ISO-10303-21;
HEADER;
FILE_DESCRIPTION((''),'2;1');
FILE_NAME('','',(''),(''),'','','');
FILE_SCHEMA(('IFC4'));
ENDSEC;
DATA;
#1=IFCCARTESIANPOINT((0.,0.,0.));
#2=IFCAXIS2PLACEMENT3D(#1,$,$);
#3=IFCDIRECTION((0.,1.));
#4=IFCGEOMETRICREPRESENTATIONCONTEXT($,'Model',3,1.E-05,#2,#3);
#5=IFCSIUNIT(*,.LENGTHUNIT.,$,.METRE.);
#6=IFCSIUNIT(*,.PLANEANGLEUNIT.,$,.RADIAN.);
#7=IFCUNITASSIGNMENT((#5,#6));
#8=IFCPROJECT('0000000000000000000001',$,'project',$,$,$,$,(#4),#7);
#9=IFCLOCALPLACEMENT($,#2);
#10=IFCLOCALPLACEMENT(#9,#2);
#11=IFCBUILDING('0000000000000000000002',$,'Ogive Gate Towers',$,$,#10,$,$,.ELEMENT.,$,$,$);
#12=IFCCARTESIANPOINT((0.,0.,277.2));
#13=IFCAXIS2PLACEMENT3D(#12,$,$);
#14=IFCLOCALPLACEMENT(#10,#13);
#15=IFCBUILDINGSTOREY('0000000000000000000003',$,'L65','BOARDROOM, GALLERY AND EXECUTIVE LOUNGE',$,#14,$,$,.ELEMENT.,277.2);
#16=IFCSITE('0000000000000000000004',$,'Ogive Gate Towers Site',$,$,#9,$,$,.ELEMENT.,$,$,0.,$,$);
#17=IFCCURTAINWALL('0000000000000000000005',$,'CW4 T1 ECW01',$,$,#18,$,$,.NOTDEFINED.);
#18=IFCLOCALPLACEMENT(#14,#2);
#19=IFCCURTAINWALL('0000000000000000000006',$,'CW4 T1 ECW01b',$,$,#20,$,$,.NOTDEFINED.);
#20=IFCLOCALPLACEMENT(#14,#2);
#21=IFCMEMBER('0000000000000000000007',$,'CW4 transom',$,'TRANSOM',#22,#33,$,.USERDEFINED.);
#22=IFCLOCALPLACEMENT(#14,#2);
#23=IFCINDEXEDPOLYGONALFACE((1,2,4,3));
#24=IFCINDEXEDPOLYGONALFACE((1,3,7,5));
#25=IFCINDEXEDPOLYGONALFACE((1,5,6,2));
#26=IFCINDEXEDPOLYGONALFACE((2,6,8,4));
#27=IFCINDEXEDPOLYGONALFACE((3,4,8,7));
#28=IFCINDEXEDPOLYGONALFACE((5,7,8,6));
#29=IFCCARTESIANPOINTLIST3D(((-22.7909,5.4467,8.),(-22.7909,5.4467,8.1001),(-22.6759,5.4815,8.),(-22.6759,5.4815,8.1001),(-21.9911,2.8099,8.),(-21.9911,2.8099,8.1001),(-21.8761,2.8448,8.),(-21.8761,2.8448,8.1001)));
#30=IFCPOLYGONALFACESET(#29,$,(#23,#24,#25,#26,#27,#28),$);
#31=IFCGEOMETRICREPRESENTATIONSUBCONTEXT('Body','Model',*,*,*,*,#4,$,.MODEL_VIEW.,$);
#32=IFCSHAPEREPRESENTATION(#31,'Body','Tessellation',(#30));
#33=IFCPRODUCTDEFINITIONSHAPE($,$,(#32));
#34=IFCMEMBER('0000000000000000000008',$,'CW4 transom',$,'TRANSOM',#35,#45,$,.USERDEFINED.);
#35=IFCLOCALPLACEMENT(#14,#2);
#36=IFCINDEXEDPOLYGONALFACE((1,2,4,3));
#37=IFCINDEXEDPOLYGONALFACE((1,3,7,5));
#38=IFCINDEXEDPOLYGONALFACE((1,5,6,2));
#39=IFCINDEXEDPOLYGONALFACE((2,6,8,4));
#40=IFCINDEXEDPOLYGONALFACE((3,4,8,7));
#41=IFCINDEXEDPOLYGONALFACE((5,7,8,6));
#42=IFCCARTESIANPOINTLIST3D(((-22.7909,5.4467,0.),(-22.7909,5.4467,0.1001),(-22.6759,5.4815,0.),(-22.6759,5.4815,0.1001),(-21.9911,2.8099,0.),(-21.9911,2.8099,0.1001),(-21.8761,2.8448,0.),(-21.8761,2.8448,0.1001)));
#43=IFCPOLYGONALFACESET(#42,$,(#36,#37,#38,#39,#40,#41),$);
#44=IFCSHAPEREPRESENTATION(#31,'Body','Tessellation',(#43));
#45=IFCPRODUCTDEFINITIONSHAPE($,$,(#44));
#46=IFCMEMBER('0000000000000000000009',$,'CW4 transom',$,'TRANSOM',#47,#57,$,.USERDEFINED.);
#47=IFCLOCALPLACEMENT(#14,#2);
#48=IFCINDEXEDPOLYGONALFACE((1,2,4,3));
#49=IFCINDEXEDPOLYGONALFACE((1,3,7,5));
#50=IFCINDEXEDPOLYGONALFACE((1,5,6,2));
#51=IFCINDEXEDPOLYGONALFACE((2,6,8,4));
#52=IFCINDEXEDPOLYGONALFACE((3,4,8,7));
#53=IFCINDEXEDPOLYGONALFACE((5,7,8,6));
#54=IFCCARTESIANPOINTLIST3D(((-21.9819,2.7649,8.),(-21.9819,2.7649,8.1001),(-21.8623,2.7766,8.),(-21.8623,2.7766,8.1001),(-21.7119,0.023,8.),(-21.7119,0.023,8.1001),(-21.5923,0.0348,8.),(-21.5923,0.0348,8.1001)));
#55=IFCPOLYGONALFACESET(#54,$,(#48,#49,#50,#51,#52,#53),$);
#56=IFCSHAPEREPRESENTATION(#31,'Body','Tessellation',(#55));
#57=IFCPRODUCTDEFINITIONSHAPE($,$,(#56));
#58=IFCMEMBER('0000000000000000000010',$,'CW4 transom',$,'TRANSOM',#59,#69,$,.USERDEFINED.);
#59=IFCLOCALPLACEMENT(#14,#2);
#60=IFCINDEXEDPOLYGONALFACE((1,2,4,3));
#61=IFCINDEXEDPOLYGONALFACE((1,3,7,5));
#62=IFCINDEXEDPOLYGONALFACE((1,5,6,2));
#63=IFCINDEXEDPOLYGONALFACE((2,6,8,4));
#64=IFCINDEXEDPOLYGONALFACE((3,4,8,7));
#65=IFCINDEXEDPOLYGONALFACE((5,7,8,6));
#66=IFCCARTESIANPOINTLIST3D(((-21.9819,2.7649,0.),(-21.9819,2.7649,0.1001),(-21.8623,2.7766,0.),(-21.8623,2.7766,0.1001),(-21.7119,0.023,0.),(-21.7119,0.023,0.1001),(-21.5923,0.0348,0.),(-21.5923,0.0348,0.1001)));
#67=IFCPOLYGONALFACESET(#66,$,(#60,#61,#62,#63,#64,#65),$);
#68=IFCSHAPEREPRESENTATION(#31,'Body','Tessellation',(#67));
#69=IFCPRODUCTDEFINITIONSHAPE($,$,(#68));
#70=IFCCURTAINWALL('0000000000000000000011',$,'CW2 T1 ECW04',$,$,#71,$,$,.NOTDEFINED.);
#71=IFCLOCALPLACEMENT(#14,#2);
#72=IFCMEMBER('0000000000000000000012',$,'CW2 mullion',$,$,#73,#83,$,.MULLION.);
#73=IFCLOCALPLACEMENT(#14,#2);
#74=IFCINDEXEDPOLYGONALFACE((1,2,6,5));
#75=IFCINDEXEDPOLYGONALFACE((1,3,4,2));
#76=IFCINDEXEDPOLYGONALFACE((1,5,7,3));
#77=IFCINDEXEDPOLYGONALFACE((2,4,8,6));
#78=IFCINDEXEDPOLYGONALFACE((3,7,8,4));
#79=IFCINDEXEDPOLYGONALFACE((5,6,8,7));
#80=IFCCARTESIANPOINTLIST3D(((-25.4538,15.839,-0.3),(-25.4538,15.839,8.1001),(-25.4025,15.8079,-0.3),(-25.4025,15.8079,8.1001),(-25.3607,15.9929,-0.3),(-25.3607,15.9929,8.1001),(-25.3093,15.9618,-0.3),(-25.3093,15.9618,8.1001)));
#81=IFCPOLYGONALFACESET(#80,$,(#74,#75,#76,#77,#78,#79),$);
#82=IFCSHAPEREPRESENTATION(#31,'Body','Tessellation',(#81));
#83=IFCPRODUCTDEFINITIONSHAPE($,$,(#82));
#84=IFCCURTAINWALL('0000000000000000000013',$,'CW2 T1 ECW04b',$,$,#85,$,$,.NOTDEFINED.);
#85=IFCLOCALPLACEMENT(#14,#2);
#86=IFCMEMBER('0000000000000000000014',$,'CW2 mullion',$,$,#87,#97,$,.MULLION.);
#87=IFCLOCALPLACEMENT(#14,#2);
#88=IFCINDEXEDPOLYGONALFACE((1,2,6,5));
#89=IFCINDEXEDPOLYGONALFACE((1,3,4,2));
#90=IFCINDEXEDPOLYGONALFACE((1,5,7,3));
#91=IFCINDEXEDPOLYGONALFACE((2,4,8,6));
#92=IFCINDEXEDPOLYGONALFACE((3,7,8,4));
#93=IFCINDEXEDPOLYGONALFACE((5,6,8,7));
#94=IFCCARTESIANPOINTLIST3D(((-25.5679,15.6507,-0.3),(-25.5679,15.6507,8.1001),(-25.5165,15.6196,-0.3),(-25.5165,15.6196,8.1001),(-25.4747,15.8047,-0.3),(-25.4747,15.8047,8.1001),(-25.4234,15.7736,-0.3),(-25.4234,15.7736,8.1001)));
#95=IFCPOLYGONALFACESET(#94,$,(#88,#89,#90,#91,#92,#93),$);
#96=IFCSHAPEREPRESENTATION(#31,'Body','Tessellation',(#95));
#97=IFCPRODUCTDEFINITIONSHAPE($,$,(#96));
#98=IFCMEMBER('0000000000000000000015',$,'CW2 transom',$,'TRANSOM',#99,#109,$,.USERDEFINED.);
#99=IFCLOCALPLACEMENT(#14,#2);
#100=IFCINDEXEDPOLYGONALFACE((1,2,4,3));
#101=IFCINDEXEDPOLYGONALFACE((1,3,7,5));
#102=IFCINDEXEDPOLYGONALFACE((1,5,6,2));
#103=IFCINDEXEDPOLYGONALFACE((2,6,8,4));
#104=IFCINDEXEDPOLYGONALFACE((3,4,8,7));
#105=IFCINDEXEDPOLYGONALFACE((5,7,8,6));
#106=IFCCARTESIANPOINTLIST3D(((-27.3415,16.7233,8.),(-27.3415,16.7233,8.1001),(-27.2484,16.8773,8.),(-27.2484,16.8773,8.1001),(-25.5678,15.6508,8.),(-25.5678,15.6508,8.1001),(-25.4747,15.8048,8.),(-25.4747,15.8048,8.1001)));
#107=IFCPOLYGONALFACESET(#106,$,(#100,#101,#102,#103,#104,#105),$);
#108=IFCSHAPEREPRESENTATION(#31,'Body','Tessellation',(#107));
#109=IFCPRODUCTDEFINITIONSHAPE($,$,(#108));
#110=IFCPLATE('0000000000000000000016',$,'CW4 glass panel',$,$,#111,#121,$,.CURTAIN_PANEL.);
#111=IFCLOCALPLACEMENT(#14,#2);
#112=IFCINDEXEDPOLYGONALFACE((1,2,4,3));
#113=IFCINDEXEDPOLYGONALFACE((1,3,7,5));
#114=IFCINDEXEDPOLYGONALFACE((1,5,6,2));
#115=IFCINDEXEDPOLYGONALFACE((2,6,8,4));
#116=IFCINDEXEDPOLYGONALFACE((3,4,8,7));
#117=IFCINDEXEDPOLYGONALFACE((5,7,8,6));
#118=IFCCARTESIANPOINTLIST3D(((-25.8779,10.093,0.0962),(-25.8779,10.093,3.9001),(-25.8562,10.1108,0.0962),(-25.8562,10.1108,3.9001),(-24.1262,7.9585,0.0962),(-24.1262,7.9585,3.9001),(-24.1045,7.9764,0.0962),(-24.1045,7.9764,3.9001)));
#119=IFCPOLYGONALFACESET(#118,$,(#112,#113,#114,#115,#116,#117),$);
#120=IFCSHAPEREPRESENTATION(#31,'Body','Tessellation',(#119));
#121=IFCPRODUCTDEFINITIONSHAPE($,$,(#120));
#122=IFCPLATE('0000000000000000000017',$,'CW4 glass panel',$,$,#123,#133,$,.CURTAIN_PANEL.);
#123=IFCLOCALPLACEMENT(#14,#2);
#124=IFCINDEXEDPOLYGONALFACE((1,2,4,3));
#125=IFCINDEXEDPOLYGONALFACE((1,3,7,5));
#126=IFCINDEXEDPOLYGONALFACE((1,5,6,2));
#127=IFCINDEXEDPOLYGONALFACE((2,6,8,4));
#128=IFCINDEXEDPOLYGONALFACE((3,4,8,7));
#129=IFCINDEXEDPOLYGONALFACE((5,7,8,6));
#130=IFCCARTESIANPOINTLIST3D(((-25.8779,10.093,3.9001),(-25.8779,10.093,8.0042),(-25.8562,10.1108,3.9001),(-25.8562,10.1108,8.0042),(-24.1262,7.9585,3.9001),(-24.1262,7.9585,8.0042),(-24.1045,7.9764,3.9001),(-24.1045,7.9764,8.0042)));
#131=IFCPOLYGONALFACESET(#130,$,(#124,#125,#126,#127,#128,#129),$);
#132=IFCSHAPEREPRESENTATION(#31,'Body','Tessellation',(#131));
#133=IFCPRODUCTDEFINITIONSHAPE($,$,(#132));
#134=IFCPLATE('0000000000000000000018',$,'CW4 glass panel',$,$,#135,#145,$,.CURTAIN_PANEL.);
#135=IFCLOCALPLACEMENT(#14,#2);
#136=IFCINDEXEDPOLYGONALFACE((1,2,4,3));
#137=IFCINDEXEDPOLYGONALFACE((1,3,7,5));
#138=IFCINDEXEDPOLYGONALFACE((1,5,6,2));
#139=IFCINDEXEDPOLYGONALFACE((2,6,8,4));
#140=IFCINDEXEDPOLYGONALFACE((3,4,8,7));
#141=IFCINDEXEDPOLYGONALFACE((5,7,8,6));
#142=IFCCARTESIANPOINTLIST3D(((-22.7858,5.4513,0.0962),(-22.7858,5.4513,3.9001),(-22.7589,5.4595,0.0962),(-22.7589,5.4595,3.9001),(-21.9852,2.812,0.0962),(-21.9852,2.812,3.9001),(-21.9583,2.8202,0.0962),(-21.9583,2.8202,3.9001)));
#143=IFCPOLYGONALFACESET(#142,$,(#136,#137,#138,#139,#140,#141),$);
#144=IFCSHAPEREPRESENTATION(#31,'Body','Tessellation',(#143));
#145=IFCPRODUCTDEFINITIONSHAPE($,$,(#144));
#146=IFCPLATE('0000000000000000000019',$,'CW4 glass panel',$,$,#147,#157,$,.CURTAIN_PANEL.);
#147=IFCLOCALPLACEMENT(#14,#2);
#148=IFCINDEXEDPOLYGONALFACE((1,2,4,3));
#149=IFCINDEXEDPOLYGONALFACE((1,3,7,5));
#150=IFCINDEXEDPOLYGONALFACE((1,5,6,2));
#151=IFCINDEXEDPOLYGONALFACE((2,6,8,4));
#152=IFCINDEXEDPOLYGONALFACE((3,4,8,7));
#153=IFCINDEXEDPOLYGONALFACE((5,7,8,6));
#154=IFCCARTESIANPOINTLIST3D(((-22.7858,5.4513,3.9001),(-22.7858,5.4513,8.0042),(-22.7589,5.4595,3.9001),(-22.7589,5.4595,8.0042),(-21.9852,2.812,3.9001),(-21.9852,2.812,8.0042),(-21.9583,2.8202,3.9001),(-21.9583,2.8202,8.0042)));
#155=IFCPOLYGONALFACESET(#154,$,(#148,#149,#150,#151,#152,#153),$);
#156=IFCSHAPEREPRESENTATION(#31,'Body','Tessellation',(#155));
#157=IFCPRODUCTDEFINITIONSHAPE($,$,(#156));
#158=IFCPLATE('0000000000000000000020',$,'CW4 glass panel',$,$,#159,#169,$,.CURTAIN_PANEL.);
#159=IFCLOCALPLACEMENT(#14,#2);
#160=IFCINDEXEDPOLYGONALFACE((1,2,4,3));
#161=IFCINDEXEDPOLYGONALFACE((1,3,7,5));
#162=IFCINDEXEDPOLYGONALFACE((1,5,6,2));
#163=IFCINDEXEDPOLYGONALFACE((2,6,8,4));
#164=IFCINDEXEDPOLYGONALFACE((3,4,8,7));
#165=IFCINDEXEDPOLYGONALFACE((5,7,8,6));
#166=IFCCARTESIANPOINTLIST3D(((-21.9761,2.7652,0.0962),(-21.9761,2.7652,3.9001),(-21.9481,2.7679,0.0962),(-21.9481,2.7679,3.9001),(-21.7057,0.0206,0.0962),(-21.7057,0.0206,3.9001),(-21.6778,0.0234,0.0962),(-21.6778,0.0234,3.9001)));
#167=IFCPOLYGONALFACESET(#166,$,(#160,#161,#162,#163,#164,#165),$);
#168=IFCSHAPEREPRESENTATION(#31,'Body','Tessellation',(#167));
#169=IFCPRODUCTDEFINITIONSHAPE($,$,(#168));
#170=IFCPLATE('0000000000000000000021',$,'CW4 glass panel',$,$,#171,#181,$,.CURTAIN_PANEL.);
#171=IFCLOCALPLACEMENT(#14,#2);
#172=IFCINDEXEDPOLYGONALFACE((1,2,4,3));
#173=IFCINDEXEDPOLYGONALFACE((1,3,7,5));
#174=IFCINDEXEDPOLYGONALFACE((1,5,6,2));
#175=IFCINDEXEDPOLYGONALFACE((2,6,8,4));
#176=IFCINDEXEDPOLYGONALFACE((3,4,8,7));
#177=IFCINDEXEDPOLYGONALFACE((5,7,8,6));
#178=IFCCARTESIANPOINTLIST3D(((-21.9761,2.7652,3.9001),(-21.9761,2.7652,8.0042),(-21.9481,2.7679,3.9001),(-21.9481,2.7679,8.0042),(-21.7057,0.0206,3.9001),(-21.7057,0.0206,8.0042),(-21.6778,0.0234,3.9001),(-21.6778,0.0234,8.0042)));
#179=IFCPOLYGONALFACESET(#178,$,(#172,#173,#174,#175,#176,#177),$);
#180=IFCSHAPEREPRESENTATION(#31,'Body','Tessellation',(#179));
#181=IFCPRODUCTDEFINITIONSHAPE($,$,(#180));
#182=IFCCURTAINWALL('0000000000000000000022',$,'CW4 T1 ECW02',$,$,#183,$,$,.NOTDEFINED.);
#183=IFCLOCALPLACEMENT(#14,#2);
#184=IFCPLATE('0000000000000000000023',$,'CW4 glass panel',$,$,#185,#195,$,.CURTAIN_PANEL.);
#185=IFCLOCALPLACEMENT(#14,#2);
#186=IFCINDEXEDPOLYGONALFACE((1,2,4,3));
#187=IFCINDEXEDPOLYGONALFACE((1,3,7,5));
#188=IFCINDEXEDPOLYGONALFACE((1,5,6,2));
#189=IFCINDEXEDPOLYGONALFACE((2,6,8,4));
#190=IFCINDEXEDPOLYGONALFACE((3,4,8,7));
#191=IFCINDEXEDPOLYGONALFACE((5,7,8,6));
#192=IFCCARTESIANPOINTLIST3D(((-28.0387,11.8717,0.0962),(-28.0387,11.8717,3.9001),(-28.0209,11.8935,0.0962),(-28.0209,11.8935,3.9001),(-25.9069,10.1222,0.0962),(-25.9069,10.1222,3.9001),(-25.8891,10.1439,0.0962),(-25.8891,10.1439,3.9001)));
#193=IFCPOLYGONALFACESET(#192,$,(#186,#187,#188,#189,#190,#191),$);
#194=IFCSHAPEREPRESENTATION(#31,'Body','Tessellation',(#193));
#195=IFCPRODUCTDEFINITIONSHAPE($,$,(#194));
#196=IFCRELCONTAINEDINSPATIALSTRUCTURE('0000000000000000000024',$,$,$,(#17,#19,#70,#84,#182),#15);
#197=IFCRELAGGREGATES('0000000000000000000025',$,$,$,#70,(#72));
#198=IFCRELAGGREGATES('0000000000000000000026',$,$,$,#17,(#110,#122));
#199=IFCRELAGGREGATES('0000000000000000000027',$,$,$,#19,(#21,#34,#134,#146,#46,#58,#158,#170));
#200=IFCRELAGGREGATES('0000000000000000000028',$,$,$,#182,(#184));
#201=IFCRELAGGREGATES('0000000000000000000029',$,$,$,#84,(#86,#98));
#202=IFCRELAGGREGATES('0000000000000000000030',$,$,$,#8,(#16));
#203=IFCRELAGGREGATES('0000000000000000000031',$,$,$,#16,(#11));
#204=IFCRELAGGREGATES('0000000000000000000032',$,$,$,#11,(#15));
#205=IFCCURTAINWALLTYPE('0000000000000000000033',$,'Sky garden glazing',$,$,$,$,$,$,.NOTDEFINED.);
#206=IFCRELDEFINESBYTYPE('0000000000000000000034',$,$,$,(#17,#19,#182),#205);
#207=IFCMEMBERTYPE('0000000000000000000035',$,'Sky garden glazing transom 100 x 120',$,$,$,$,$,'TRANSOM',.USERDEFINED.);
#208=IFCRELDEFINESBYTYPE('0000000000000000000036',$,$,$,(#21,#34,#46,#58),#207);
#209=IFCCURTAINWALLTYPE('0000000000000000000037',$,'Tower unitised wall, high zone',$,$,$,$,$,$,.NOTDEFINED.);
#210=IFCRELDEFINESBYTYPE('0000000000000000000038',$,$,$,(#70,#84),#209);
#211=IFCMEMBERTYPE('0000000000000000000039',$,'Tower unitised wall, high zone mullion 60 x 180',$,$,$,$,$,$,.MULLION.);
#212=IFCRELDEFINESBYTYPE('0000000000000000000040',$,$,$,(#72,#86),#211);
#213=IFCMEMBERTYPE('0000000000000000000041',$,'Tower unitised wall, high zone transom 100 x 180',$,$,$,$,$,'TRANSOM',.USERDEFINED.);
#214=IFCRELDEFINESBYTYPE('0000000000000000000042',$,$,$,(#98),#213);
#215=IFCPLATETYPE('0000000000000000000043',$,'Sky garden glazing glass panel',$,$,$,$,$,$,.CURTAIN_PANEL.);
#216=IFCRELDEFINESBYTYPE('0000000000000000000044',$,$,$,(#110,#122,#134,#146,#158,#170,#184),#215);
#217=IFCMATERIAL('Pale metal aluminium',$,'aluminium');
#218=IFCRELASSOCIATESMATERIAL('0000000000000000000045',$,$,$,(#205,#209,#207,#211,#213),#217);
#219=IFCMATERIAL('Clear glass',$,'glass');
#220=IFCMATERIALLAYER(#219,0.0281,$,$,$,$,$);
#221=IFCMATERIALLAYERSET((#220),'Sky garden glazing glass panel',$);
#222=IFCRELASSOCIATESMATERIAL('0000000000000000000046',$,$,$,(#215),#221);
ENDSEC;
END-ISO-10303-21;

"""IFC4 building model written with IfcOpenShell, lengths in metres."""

from ifc_helpers import new_model, si_unit, direction, frame, origin, origin_2d, place, context, subcontext, project, spatial, rectangle, extrude, material, layer, layer_set, material_profile, profile_set, type_object, element, aggregate, save


model = new_model("IFC4")

# Units and contexts
model_context = context("Model", 3, precision=1e-05, world=origin(), true_north=direction((0.0, 1.0)))
body_context = subcontext(model_context, "Body", "Model", "MODEL_VIEW")
ifc_project = project(units=[si_unit("LENGTHUNIT", "METRE"), si_unit("PLANEANGLEUNIT", "RADIAN")], contexts=[model_context])

# Site, building, storey
site_placement = place(None, origin())
site = spatial("IfcSite", under=ifc_project, at=site_placement, Name="Ogive Gate Towers Site", CompositionType="ELEMENT", RefElevation=0.0)
building_placement = place(site_placement, origin())
building = spatial("IfcBuilding", under=site, at=building_placement, Name="Ogive Gate Towers", CompositionType="ELEMENT")
storey_placement = place(building_placement, frame((0.0, 0.0, 277.2)))
storey = spatial("IfcBuildingStorey", under=building, at=storey_placement, Name="L65", Description="BOARDROOM, GALLERY AND EXECUTIVE LOUNGE", CompositionType="ELEMENT", Elevation=277.2)

# Curtain walls
ifc_material_1 = material(Name="Pale metal aluminium", Category="aluminium")
curtain_wall_type_1 = type_object("IfcCurtainWallType", Name="Sky garden glazing", PredefinedType="NOTDEFINED", material=ifc_material_1)
curtain_wall_1_placement = place(storey_placement, origin())
curtain_wall_1 = element("IfcCurtainWall", 1, at=curtain_wall_1_placement, inside=storey, type_object=curtain_wall_type_1, Name="CW4 T1 ECW01", PredefinedType="NOTDEFINED")
curtain_wall_2_placement = place(storey_placement, origin())
curtain_wall_2 = element("IfcCurtainWall", 2, at=curtain_wall_2_placement, inside=storey, type_object=curtain_wall_type_1, Name="CW4 T1 ECW01b", PredefinedType="NOTDEFINED")

# Members
ifc_material_profile_1 = material_profile(ifc_material_1, rectangle(XDim=0.1201, YDim=0.1001, at=origin_2d()), Name="100 x 120 aluminium box")
ifc_profile_set_1 = profile_set([ifc_material_profile_1], Name="Pale metal aluminium")
member_type_1 = type_object("IfcMemberType", Name="Sky garden glazing transom 100 x 120", ElementType="TRANSOM", PredefinedType="USERDEFINED", material=ifc_profile_set_1)
member_1_placement = place(storey_placement, frame((-22.7334, 5.4641, 8.05), z_axis=(0.290273, -0.956944, 0.0), x_axis=(0.956944, 0.290273, 0.0)))
member_1 = element("IfcMember", 3, at=member_1_placement, type_object=member_type_1, Name="CW4 transom", ObjectType="TRANSOM", PredefinedType="USERDEFINED", context=body_context, shape_type="SweptSolid", body=[
    extrude(rectangle(XDim=0.1201, YDim=0.1001, at=origin_2d()), origin(), (0.0, 0.0, 1.0), 2.7554),
])
member_2_placement = place(storey_placement, frame((-22.7334, 5.4641, 0.05), z_axis=(0.290273, -0.956944, 0.0), x_axis=(0.956944, 0.290273, 0.0)))
member_2 = element("IfcMember", 4, at=member_2_placement, type_object=member_type_1, Name="CW4 transom", ObjectType="TRANSOM", PredefinedType="USERDEFINED", context=body_context, shape_type="SweptSolid", body=[
    extrude(rectangle(XDim=0.1201, YDim=0.1001, at=origin_2d()), origin(), (0.0, 0.0, 1.0), 2.7554),
])
member_3_placement = place(storey_placement, frame((-21.9221, 2.7708, 8.05), z_axis=(0.098003, -0.995186, 0.0), x_axis=(0.995186, 0.098003, 0.0)))
member_3 = element("IfcMember", 5, at=member_3_placement, type_object=member_type_1, Name="CW4 transom", ObjectType="TRANSOM", PredefinedType="USERDEFINED", context=body_context, shape_type="SweptSolid", body=[
    extrude(rectangle(XDim=0.1201, YDim=0.1001, at=origin_2d()), origin(), (0.0, 0.0, 1.0), 2.7551),
])
member_4_placement = place(storey_placement, frame((-21.9221, 2.7708, 0.05), z_axis=(0.098003, -0.995186, 0.0), x_axis=(0.995186, 0.098003, 0.0)))
member_4 = element("IfcMember", 6, at=member_4_placement, type_object=member_type_1, Name="CW4 transom", ObjectType="TRANSOM", PredefinedType="USERDEFINED", context=body_context, shape_type="SweptSolid", body=[
    extrude(rectangle(XDim=0.1201, YDim=0.1001, at=origin_2d()), origin(), (0.0, 0.0, 1.0), 2.7551),
])

# Curtain wall, member
curtain_wall_type_2 = type_object("IfcCurtainWallType", Name="Tower unitised wall, high zone", PredefinedType="NOTDEFINED", material=ifc_material_1)
curtain_wall_3_placement = place(storey_placement, origin())
curtain_wall_3 = element("IfcCurtainWall", 7, at=curtain_wall_3_placement, inside=storey, type_object=curtain_wall_type_2, Name="CW2 T1 ECW04", PredefinedType="NOTDEFINED")
ifc_material_profile_2 = material_profile(ifc_material_1, rectangle(XDim=0.1799, YDim=0.0601, at=origin_2d()), Name="60 x 180 aluminium box")
ifc_profile_set_2 = profile_set([ifc_material_profile_2], Name="Pale metal aluminium")
member_type_2 = type_object("IfcMemberType", Name="Tower unitised wall, high zone mullion 60 x 180", PredefinedType="MULLION", material=ifc_profile_set_2)
member_5_placement = place(storey_placement, frame((-25.3816, 15.9004, -0.3), z_axis=(0.0, 0.0, 1.0), x_axis=(-0.517534, -0.855662, 0.0)))
member_5 = element("IfcMember", 8, at=member_5_placement, type_object=member_type_2, Name="CW2 mullion", PredefinedType="MULLION", context=body_context, shape_type="SweptSolid", body=[
    extrude(rectangle(XDim=0.1799, YDim=0.0601, at=origin_2d()), origin(), (0.0, 0.0, 1.0), 8.4001),
])
aggregate(curtain_wall_3, [member_5])

# Curtain wall, members
curtain_wall_4_placement = place(storey_placement, origin())
curtain_wall_4 = element("IfcCurtainWall", 9, at=curtain_wall_4_placement, inside=storey, type_object=curtain_wall_type_2, Name="CW2 T1 ECW04b", PredefinedType="NOTDEFINED")
member_6_placement = place(storey_placement, frame((-25.4956, 15.7122, -0.3), z_axis=(0.0, 0.0, 1.0), x_axis=(0.517519, 0.855672, 0.0)))
member_6 = element("IfcMember", 10, at=member_6_placement, type_object=member_type_2, Name="CW2 mullion", PredefinedType="MULLION", context=body_context, shape_type="SweptSolid", body=[
    extrude(rectangle(XDim=0.1799, YDim=0.0601, at=origin_2d()), origin(), (0.0, 0.0, 1.0), 8.4001),
])
ifc_material_profile_3 = material_profile(ifc_material_1, rectangle(XDim=0.1799, YDim=0.1001, at=origin_2d()), Name="100 x 180 aluminium box")
ifc_profile_set_3 = profile_set([ifc_material_profile_3], Name="Pale metal aluminium")
member_type_3 = type_object("IfcMemberType", Name="Tower unitised wall, high zone transom 100 x 180", ElementType="TRANSOM", PredefinedType="USERDEFINED", material=ifc_profile_set_3)
member_7_placement = place(storey_placement, frame((-25.5212, 15.7278, 8.05), z_axis=(-0.855721, 0.517437, 0.0), x_axis=(-0.517437, -0.855721, 0.0)))
member_7 = element("IfcMember", 11, at=member_7_placement, type_object=member_type_3, Name="CW2 transom", ObjectType="TRANSOM", PredefinedType="USERDEFINED", context=body_context, shape_type="SweptSolid", body=[
    extrude(rectangle(XDim=0.1799, YDim=0.1001, at=origin_2d()), origin(), (0.0, 0.0, 1.0), 2.0728),
])

# Plates
ifc_material_2 = material(Name="Clear glass", Category="glass")
ifc_layer_1 = layer(ifc_material_2, 0.0281)
ifc_layer_set_1 = layer_set([ifc_layer_1], Name="Sky garden glazing glass panel")
plate_type_1 = type_object("IfcPlateType", Name="Sky garden glazing glass panel", PredefinedType="CURTAIN_PANEL", material=ifc_layer_set_1)
plate_1_placement = place(storey_placement, frame((-24.9912, 9.0347, 0.0962), z_axis=(0.0, 0.0, 1.0), x_axis=(0.634407, -0.772999, 0.0)))
plate_1 = element("IfcPlate", 12, at=plate_1_placement, type_object=plate_type_1, Name="CW4 glass panel", PredefinedType="CURTAIN_PANEL", context=body_context, shape_type="SweptSolid", body=[
    extrude(rectangle(XDim=2.7612, YDim=0.0281, at=origin_2d()), origin(), (0.0, 0.0, 1.0), 3.804),
])
plate_2_placement = place(storey_placement, frame((-24.9912, 9.0347, 3.9001), z_axis=(0.0, 0.0, 1.0), x_axis=(0.634407, -0.772999, 0.0)))
plate_2 = element("IfcPlate", 13, at=plate_2_placement, type_object=plate_type_1, Name="CW4 glass panel", PredefinedType="CURTAIN_PANEL", context=body_context, shape_type="SweptSolid", body=[
    extrude(rectangle(XDim=2.7612, YDim=0.0281, at=origin_2d()), origin(), (0.0, 0.0, 1.0), 4.104),
])
aggregate(curtain_wall_1, [plate_1, plate_2])
plate_3_placement = place(storey_placement, frame((-22.3721, 4.1357, 0.0962), z_axis=(0.0, 0.0, 1.0), x_axis=(0.290268, -0.956945, 0.0)))
plate_3 = element("IfcPlate", 14, at=plate_3_placement, type_object=plate_type_1, Name="CW4 glass panel", PredefinedType="CURTAIN_PANEL", context=body_context, shape_type="SweptSolid", body=[
    extrude(rectangle(XDim=2.7581, YDim=0.0281, at=origin_2d()), origin(), (0.0, 0.0, 1.0), 3.804),
])
plate_4_placement = place(storey_placement, frame((-22.3721, 4.1357, 3.9001), z_axis=(0.0, 0.0, 1.0), x_axis=(0.290268, -0.956945, 0.0)))
plate_4 = element("IfcPlate", 15, at=plate_4_placement, type_object=plate_type_1, Name="CW4 glass panel", PredefinedType="CURTAIN_PANEL", context=body_context, shape_type="SweptSolid", body=[
    extrude(rectangle(XDim=2.7581, YDim=0.0281, at=origin_2d()), origin(), (0.0, 0.0, 1.0), 4.104),
])
plate_5_placement = place(storey_placement, frame((-21.8269, 1.3943, 0.0962), z_axis=(0.0, 0.0, 1.0), x_axis=(0.098035, -0.995183, 0.0)))
plate_5 = element("IfcPlate", 16, at=plate_5_placement, type_object=plate_type_1, Name="CW4 glass panel", PredefinedType="CURTAIN_PANEL", context=body_context, shape_type="SweptSolid", body=[
    extrude(rectangle(XDim=2.7578, YDim=0.0281, at=origin_2d()), origin(), (0.0, 0.0, 1.0), 3.804),
])
plate_6_placement = place(storey_placement, frame((-21.8269, 1.3943, 3.9001), z_axis=(0.0, 0.0, 1.0), x_axis=(0.098035, -0.995183, 0.0)))
plate_6 = element("IfcPlate", 17, at=plate_6_placement, type_object=plate_type_1, Name="CW4 glass panel", PredefinedType="CURTAIN_PANEL", context=body_context, shape_type="SweptSolid", body=[
    extrude(rectangle(XDim=2.7578, YDim=0.0281, at=origin_2d()), origin(), (0.0, 0.0, 1.0), 4.104),
])
aggregate(curtain_wall_2, [member_1, member_2, plate_3, plate_4, member_3, member_4, plate_5, plate_6])

# Curtain wall, plate
curtain_wall_5_placement = place(storey_placement, origin())
curtain_wall_5 = element("IfcCurtainWall", 18, at=curtain_wall_5_placement, inside=storey, type_object=curtain_wall_type_1, Name="CW4 T1 ECW02", PredefinedType="NOTDEFINED")
plate_7_placement = place(storey_placement, frame((-26.9639, 11.0078, 0.0962), z_axis=(0.0, 0.0, 1.0), x_axis=(0.772999, -0.634407, 0.0)))
plate_7 = element("IfcPlate", 19, at=plate_7_placement, type_object=plate_type_1, Name="CW4 glass panel", PredefinedType="CURTAIN_PANEL", context=body_context, shape_type="SweptSolid", body=[
    extrude(rectangle(XDim=2.7578, YDim=0.0281, at=origin_2d()), origin(), (0.0, 0.0, 1.0), 3.804),
])
aggregate(curtain_wall_5, [plate_7])

aggregate(curtain_wall_4, [member_6, member_7])

save(model, "model.ifc")
